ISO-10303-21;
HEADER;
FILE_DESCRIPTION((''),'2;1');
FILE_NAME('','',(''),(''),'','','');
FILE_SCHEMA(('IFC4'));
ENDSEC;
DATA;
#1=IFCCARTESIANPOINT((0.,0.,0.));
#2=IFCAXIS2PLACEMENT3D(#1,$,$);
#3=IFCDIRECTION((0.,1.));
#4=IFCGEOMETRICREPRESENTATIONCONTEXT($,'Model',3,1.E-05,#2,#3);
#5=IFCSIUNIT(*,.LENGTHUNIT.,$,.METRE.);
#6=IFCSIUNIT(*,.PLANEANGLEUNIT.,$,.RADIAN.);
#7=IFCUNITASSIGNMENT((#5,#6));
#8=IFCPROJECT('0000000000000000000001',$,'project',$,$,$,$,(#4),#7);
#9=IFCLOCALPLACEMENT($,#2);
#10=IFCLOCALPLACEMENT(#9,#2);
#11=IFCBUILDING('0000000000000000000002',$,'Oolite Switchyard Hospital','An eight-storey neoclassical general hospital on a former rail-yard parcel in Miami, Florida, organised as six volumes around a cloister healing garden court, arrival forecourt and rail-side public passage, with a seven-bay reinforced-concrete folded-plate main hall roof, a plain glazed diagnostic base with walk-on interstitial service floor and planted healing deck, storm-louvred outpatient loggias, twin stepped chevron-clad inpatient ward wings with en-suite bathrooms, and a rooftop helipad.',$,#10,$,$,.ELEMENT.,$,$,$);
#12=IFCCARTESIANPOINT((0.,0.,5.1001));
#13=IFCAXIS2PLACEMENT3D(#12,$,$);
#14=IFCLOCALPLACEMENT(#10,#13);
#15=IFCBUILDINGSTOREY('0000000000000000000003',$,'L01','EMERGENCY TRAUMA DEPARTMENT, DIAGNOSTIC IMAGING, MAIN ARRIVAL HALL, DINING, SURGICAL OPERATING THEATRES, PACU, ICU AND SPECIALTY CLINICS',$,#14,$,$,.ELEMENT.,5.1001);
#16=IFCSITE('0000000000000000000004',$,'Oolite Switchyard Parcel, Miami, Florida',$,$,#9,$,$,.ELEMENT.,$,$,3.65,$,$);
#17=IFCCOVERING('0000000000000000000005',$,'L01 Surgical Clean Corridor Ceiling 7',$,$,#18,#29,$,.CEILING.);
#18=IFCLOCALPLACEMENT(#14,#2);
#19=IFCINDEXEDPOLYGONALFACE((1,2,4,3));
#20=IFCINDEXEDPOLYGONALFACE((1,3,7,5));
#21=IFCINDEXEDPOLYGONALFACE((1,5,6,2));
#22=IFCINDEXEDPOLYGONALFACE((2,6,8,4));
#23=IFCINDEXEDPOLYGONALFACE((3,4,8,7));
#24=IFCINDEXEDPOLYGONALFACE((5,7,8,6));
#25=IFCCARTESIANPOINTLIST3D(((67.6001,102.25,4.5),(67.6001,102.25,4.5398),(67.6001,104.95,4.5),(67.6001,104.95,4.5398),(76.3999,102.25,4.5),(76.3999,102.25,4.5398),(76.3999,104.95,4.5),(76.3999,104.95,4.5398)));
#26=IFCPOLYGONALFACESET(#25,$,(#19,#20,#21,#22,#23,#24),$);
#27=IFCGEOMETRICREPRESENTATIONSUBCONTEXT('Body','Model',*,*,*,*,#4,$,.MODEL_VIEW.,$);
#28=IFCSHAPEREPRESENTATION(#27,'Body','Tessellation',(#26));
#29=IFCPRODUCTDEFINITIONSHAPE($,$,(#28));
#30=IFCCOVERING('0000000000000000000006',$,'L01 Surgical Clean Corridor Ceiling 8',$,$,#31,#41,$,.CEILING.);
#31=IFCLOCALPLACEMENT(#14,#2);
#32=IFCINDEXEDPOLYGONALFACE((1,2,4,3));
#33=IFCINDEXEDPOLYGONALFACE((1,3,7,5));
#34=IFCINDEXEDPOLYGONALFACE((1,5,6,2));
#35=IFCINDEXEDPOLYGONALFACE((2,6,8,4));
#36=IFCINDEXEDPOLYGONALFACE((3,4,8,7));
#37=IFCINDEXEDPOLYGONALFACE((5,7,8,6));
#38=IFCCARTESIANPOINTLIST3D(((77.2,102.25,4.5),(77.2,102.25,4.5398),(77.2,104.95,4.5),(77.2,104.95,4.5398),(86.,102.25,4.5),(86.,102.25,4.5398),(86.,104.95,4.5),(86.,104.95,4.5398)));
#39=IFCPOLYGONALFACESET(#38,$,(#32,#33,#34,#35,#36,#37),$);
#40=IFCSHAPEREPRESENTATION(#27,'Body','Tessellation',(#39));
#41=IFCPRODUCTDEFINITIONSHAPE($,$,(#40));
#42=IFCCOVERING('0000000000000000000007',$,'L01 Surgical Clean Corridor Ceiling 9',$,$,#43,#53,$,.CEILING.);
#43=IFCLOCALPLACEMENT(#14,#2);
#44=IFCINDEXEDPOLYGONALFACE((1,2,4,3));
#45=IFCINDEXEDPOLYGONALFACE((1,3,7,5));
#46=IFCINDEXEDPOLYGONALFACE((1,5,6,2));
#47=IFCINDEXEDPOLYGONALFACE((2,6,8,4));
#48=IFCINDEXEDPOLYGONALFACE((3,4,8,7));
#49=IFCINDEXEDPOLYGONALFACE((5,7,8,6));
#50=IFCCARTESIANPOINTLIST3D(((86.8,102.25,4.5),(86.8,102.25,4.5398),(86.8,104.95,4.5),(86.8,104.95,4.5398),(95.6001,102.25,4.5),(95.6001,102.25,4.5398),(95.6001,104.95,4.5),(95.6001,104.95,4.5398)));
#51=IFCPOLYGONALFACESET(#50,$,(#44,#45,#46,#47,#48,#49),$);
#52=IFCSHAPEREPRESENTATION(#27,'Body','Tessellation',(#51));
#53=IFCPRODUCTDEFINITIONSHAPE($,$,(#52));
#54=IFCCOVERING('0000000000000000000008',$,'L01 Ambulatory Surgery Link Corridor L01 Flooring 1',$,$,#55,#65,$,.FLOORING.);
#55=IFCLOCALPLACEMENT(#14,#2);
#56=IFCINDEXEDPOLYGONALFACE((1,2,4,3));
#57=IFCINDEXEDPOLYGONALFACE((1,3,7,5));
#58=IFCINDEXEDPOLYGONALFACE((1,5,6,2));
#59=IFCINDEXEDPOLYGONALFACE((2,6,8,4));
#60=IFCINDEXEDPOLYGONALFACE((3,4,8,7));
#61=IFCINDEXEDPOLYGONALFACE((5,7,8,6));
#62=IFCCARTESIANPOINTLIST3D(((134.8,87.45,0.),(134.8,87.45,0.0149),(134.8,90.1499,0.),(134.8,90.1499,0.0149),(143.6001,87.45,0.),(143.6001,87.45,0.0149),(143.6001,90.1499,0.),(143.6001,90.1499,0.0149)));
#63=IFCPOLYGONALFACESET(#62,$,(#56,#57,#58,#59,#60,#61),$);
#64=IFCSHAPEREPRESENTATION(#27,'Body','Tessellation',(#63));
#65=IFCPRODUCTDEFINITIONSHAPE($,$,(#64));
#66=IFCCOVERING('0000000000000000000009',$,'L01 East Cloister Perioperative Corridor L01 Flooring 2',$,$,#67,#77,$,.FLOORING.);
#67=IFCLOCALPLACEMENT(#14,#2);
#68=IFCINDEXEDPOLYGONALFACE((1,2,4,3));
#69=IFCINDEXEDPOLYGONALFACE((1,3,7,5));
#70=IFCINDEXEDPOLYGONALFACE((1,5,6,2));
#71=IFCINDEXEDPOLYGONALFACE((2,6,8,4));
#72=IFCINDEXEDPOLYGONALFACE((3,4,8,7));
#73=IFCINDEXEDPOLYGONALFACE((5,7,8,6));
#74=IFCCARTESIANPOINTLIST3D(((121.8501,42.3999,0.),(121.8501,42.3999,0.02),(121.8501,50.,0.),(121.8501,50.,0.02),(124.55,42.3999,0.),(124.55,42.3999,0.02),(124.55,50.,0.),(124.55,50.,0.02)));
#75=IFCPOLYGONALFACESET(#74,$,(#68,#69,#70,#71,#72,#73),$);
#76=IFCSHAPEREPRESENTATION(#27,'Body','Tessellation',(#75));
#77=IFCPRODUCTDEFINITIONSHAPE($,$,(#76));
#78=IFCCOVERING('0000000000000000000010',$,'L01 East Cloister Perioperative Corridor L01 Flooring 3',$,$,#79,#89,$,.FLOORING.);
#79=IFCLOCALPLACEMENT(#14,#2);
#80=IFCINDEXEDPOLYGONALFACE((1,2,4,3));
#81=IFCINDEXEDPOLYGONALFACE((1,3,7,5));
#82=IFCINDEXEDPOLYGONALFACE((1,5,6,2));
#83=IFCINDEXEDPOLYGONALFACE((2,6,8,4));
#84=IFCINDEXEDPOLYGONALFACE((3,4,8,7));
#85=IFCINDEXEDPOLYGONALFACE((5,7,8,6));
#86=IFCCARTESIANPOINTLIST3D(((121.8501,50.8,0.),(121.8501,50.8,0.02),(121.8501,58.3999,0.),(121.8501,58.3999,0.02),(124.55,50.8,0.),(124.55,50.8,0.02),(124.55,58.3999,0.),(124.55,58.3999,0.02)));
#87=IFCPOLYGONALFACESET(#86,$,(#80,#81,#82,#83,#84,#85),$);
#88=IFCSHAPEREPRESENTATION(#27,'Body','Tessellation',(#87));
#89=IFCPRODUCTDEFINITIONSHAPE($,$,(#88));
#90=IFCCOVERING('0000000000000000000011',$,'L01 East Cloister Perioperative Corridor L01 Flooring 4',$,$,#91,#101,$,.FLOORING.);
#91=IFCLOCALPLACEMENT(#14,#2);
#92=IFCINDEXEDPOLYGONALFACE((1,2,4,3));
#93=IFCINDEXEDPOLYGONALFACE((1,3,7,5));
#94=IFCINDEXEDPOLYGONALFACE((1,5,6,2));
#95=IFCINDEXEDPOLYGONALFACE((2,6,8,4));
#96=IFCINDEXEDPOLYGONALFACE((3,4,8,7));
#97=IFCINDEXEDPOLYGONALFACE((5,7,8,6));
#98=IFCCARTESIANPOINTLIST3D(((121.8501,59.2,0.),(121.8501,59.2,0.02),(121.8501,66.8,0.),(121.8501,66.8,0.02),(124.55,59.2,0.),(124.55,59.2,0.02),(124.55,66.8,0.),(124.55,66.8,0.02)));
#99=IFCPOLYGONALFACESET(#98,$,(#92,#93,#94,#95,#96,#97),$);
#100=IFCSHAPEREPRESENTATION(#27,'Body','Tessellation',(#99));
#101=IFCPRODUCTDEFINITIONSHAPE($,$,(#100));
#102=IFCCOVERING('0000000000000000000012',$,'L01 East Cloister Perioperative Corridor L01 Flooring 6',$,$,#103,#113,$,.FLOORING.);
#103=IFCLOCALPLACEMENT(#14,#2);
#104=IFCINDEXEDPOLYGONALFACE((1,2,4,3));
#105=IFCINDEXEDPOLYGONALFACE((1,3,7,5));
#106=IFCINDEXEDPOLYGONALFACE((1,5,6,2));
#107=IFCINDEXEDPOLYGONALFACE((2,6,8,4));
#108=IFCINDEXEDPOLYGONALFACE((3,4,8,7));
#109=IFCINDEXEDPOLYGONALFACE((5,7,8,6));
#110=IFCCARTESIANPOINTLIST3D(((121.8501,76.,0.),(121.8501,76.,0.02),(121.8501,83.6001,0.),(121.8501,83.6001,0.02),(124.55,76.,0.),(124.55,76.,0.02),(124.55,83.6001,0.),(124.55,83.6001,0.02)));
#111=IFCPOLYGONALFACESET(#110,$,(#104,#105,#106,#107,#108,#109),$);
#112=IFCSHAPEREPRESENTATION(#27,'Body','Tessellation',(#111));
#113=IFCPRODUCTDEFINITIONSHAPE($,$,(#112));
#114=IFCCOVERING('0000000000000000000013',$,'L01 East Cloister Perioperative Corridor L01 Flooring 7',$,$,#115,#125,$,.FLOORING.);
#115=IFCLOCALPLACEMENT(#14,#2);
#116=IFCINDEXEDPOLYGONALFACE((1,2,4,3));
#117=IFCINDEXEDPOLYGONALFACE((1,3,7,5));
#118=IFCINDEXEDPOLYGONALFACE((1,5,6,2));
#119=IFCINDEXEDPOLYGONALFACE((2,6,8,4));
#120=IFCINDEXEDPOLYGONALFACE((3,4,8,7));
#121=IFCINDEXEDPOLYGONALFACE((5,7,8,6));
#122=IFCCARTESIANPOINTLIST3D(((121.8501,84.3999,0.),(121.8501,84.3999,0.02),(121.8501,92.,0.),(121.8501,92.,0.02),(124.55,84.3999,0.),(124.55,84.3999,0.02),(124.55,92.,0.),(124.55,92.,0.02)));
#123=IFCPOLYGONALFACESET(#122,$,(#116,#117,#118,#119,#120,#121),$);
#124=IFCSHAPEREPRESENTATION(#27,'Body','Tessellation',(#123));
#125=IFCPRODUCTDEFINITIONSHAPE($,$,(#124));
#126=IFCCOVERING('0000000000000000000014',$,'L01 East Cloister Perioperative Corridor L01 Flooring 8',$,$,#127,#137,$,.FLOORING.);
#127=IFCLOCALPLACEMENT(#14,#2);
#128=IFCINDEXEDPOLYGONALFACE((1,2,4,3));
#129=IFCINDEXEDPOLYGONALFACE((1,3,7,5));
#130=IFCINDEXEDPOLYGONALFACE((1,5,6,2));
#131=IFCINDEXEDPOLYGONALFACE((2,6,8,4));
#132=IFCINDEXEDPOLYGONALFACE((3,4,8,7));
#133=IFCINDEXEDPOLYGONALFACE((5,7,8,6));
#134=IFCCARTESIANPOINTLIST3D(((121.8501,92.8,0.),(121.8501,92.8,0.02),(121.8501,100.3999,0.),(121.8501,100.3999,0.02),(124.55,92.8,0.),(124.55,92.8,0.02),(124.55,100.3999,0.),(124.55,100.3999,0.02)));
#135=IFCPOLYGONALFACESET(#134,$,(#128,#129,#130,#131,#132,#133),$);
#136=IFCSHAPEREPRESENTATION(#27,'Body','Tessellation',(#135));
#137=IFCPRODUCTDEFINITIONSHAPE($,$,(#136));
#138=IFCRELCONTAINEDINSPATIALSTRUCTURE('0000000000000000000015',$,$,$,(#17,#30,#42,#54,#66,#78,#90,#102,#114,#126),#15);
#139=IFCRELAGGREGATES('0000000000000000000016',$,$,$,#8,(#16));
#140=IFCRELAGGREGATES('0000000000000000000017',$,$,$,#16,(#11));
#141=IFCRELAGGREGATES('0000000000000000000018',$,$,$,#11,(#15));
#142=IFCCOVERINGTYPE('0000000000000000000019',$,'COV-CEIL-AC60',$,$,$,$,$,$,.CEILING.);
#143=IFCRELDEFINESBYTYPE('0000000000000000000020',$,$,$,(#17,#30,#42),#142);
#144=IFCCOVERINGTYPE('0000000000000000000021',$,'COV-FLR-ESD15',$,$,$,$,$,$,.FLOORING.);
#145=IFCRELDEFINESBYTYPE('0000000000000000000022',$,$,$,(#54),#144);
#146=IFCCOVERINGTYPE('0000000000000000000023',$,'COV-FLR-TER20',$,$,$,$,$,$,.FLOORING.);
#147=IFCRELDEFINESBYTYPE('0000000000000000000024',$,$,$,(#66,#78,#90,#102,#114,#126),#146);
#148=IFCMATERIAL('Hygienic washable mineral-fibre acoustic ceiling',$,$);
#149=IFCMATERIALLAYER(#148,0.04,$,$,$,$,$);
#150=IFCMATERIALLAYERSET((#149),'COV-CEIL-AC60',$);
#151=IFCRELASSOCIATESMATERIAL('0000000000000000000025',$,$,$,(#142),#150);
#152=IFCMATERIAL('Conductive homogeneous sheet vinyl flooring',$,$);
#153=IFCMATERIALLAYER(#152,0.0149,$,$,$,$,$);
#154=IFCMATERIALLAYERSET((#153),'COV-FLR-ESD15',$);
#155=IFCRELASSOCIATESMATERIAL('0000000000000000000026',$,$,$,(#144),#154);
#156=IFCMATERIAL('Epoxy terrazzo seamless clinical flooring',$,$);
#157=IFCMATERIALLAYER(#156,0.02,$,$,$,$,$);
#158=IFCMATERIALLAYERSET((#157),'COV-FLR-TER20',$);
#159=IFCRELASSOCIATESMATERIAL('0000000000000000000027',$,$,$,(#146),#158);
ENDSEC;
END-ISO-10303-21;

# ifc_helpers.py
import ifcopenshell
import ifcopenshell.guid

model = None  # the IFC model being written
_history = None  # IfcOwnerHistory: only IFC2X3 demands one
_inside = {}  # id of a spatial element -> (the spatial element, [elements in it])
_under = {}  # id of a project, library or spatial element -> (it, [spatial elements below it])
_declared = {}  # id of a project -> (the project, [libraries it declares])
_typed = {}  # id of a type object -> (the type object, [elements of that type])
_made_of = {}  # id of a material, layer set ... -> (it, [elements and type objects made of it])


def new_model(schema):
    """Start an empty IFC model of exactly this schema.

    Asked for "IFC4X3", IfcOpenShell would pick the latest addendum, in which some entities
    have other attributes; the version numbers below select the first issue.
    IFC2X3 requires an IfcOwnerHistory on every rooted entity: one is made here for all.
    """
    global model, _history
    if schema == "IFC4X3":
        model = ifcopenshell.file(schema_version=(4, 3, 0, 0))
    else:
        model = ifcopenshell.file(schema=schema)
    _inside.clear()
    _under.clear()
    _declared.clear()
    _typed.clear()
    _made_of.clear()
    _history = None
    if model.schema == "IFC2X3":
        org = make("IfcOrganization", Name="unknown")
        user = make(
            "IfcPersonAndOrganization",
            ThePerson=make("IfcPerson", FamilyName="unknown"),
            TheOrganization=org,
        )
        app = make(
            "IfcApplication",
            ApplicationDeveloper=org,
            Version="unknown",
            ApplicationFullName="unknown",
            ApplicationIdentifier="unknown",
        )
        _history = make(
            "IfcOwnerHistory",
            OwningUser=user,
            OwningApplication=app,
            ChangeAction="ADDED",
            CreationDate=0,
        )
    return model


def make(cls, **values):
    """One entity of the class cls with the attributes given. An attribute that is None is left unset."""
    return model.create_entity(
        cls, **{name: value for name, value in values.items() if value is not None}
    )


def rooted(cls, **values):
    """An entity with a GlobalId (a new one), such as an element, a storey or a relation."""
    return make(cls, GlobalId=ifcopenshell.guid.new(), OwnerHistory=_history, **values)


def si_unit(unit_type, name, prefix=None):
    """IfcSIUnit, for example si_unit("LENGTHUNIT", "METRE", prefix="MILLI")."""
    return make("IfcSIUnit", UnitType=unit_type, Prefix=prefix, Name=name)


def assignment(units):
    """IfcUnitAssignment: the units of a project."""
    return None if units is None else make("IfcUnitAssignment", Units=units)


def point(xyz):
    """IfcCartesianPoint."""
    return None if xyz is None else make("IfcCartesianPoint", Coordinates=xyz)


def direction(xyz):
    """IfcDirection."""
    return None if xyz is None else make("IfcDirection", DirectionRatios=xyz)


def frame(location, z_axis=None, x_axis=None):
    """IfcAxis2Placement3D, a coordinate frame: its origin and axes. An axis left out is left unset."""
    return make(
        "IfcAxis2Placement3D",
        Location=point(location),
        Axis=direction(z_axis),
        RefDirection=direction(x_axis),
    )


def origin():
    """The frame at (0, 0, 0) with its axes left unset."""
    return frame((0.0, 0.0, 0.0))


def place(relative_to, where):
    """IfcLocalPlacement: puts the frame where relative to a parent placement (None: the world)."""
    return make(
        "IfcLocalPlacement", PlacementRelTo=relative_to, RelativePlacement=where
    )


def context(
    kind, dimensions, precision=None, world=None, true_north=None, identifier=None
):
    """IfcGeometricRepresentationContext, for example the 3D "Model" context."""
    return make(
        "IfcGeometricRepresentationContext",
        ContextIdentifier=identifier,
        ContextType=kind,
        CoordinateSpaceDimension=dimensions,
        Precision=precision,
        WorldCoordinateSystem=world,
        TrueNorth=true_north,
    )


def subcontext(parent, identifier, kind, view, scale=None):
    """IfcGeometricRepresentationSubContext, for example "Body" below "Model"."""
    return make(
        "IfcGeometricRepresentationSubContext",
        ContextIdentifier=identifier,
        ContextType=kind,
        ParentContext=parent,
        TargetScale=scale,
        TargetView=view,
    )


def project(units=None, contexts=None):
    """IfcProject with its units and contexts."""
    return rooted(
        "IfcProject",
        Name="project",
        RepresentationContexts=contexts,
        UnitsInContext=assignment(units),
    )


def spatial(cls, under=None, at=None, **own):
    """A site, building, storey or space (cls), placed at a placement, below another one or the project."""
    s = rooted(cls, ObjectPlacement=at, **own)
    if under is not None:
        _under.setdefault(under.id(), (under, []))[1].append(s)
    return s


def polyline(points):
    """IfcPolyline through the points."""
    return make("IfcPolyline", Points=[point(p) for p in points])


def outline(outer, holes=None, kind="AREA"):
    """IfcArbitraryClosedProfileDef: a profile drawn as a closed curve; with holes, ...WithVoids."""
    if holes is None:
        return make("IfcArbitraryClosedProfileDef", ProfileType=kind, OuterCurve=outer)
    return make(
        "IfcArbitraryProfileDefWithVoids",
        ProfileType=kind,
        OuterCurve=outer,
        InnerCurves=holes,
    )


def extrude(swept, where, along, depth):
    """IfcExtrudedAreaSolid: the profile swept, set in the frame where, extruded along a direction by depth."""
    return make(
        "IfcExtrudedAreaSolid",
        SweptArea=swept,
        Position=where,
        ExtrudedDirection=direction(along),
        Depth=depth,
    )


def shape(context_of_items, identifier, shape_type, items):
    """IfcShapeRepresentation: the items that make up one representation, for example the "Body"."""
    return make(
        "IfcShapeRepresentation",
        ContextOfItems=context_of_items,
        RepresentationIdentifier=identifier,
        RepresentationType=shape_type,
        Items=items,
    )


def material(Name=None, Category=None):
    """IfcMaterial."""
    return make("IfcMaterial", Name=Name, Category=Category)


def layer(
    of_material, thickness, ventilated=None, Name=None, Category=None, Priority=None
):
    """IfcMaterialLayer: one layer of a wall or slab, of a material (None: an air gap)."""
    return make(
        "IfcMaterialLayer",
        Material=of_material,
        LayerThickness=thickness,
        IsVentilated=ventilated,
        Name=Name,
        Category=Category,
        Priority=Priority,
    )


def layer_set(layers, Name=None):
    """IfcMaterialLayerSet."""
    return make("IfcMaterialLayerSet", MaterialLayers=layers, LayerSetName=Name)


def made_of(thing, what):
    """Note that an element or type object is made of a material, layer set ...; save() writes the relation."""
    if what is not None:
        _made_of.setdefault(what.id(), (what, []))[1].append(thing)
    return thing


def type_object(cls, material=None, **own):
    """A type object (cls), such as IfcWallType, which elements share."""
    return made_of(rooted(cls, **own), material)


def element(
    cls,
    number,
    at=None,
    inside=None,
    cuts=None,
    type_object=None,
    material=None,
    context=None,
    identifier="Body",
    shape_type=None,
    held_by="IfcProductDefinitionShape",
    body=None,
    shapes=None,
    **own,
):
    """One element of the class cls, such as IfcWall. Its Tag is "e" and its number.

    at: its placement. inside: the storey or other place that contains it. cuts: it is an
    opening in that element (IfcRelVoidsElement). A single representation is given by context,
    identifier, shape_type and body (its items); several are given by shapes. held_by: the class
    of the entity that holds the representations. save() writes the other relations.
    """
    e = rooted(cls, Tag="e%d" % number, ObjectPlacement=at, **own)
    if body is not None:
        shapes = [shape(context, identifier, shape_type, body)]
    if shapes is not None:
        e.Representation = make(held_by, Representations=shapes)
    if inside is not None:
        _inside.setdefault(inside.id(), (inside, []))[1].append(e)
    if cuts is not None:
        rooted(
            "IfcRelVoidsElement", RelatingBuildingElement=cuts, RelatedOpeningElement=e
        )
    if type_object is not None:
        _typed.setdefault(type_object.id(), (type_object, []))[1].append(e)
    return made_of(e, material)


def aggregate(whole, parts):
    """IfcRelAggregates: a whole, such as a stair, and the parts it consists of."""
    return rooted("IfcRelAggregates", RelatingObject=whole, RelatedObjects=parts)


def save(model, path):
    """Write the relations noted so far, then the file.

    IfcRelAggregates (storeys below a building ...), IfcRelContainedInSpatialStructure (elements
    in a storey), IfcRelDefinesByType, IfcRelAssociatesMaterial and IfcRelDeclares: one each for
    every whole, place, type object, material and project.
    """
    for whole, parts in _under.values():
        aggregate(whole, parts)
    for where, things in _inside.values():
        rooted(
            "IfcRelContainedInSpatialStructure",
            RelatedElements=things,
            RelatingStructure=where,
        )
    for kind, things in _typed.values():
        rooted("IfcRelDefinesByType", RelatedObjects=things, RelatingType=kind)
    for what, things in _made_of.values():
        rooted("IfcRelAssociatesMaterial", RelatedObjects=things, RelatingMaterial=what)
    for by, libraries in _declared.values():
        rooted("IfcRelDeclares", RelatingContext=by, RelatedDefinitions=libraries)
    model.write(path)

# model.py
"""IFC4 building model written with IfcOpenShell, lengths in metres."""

from ifc_helpers import new_model, si_unit, direction, frame, origin, place, context, subcontext, project, spatial, polyline, outline, extrude, material, layer, layer_set, type_object, element, save


model = new_model("IFC4")

# Units and contexts
model_context = context("Model", 3, precision=1e-05, world=origin(), true_north=direction((0.0, 1.0)))
body_context = subcontext(model_context, "Body", "Model", "MODEL_VIEW")
ifc_project = project(units=[si_unit("LENGTHUNIT", "METRE"), si_unit("PLANEANGLEUNIT", "RADIAN")], contexts=[model_context])

# Site, building, storey
site_placement = place(None, origin())
site = spatial("IfcSite", under=ifc_project, at=site_placement, Name="Oolite Switchyard Parcel, Miami, Florida", CompositionType="ELEMENT", RefElevation=3.65)
building_placement = place(site_placement, origin())
building = spatial("IfcBuilding", under=site, at=building_placement, Name="Oolite Switchyard Hospital", Description="An eight-storey neoclassical general hospital on a former rail-yard parcel in Miami, Florida, organised as six volumes around a cloister healing garden court, arrival forecourt and rail-side public passage, with a seven-bay reinforced-concrete folded-plate main hall roof, a plain glazed diagnostic base with walk-on interstitial service floor and planted healing deck, storm-louvred outpatient loggias, twin stepped chevron-clad inpatient ward wings with en-suite bathrooms, and a rooftop helipad.", CompositionType="ELEMENT")
storey_placement = place(building_placement, frame((0.0, 0.0, 5.1001)))
storey = spatial("IfcBuildingStorey", under=building, at=storey_placement, Name="L01", Description="EMERGENCY TRAUMA DEPARTMENT, DIAGNOSTIC IMAGING, MAIN ARRIVAL HALL, DINING, SURGICAL OPERATING THEATRES, PACU, ICU AND SPECIALTY CLINICS", CompositionType="ELEMENT", Elevation=5.1001)

# Coverings
ifc_material_1 = material(Name="Hygienic washable mineral-fibre acoustic ceiling")
ifc_layer_1 = layer(ifc_material_1, 0.04)
ifc_layer_set_1 = layer_set([ifc_layer_1], Name="COV-CEIL-AC60")
covering_type_1 = type_object("IfcCoveringType", Name="COV-CEIL-AC60", PredefinedType="CEILING", material=ifc_layer_set_1)
covering_1_placement = place(storey_placement, frame((0.0, 0.0, 4.5)))
element("IfcCovering", 1, at=covering_1_placement, inside=storey, type_object=covering_type_1, Name="L01 Surgical Clean Corridor Ceiling 7", PredefinedType="CEILING", context=body_context, shape_type="SweptSolid", body=[
    extrude(outline(polyline([(67.6001, 102.25), (76.3999, 102.25), (76.3999, 104.95), (67.6001, 104.95), (67.6001, 102.25)])), origin(), (0.0, 0.0, 1.0), 0.0398),
])
covering_2_placement = place(storey_placement, frame((0.0, 0.0, 4.5)))
element("IfcCovering", 2, at=covering_2_placement, inside=storey, type_object=covering_type_1, Name="L01 Surgical Clean Corridor Ceiling 8", PredefinedType="CEILING", context=body_context, shape_type="SweptSolid", body=[
    extrude(outline(polyline([(77.2, 102.25), (86.0, 102.25), (86.0, 104.95), (77.2, 104.95), (77.2, 102.25)])), origin(), (0.0, 0.0, 1.0), 0.0398),
])
covering_3_placement = place(storey_placement, frame((0.0, 0.0, 4.5)))
element("IfcCovering", 3, at=covering_3_placement, inside=storey, type_object=covering_type_1, Name="L01 Surgical Clean Corridor Ceiling 9", PredefinedType="CEILING", context=body_context, shape_type="SweptSolid", body=[
    extrude(outline(polyline([(86.8, 102.25), (95.6001, 102.25), (95.6001, 104.95), (86.8, 104.95), (86.8, 102.25)])), origin(), (0.0, 0.0, 1.0), 0.0398),
])
ifc_material_2 = material(Name="Conductive homogeneous sheet vinyl flooring")
ifc_layer_2 = layer(ifc_material_2, 0.0149)
ifc_layer_set_2 = layer_set([ifc_layer_2], Name="COV-FLR-ESD15")
covering_type_2 = type_object("IfcCoveringType", Name="COV-FLR-ESD15", PredefinedType="FLOORING", material=ifc_layer_set_2)
covering_4_placement = place(storey_placement, origin())
element("IfcCovering", 4, at=covering_4_placement, inside=storey, type_object=covering_type_2, Name="L01 Ambulatory Surgery Link Corridor L01 Flooring 1", PredefinedType="FLOORING", context=body_context, shape_type="SweptSolid", body=[
    extrude(outline(polyline([(134.8, 87.45), (143.6001, 87.45), (143.6001, 90.1499), (134.8, 90.1499), (134.8, 87.45)])), origin(), (0.0, 0.0, 1.0), 0.0149),
])
ifc_material_3 = material(Name="Epoxy terrazzo seamless clinical flooring")
ifc_layer_3 = layer(ifc_material_3, 0.02)
ifc_layer_set_3 = layer_set([ifc_layer_3], Name="COV-FLR-TER20")
covering_type_3 = type_object("IfcCoveringType", Name="COV-FLR-TER20", PredefinedType="FLOORING", material=ifc_layer_set_3)
covering_5_placement = place(storey_placement, origin())
element("IfcCovering", 5, at=covering_5_placement, inside=storey, type_object=covering_type_3, Name="L01 East Cloister Perioperative Corridor L01 Flooring 2", PredefinedType="FLOORING", context=body_context, shape_type="SweptSolid", body=[
    extrude(outline(polyline([(121.8501, 42.3999), (124.55, 42.3999), (124.55, 50.0), (121.8501, 50.0), (121.8501, 42.3999)])), origin(), (0.0, 0.0, 1.0), 0.02),
])
covering_6_placement = place(storey_placement, origin())
element("IfcCovering", 6, at=covering_6_placement, inside=storey, type_object=covering_type_3, Name="L01 East Cloister Perioperative Corridor L01 Flooring 3", PredefinedType="FLOORING", context=body_context, shape_type="SweptSolid", body=[
    extrude(outline(polyline([(121.8501, 50.8), (124.55, 50.8), (124.55, 58.3999), (121.8501, 58.3999), (121.8501, 50.8)])), origin(), (0.0, 0.0, 1.0), 0.02),
])
covering_7_placement = place(storey_placement, origin())
element("IfcCovering", 7, at=covering_7_placement, inside=storey, type_object=covering_type_3, Name="L01 East Cloister Perioperative Corridor L01 Flooring 4", PredefinedType="FLOORING", context=body_context, shape_type="SweptSolid", body=[
    extrude(outline(polyline([(121.8501, 59.2), (124.55, 59.2), (124.55, 66.8), (121.8501, 66.8), (121.8501, 59.2)])), origin(), (0.0, 0.0, 1.0), 0.02),
])
covering_8_placement = place(storey_placement, origin())
element("IfcCovering", 8, at=covering_8_placement, inside=storey, type_object=covering_type_3, Name="L01 East Cloister Perioperative Corridor L01 Flooring 6", PredefinedType="FLOORING", context=body_context, shape_type="SweptSolid", body=[
    extrude(outline(polyline([(121.8501, 76.0), (124.55, 76.0), (124.55, 83.6001), (121.8501, 83.6001), (121.8501, 76.0)])), origin(), (0.0, 0.0, 1.0), 0.02),
])
covering_9_placement = place(storey_placement, origin())
element("IfcCovering", 9, at=covering_9_placement, inside=storey, type_object=covering_type_3, Name="L01 East Cloister Perioperative Corridor L01 Flooring 7", PredefinedType="FLOORING", context=body_context, shape_type="SweptSolid", body=[
    extrude(outline(polyline([(121.8501, 84.3999), (124.55, 84.3999), (124.55, 92.0), (121.8501, 92.0), (121.8501, 84.3999)])), origin(), (0.0, 0.0, 1.0), 0.02),
])
covering_10_placement = place(storey_placement, origin())
element("IfcCovering", 10, at=covering_10_placement, inside=storey, type_object=covering_type_3, Name="L01 East Cloister Perioperative Corridor L01 Flooring 8", PredefinedType="FLOORING", context=body_context, shape_type="SweptSolid", body=[
    extrude(outline(polyline([(121.8501, 92.8), (124.55, 92.8), (124.55, 100.3999), (121.8501, 100.3999), (121.8501, 92.8)])), origin(), (0.0, 0.0, 1.0), 0.02),
])

save(model, "model.ifc")
